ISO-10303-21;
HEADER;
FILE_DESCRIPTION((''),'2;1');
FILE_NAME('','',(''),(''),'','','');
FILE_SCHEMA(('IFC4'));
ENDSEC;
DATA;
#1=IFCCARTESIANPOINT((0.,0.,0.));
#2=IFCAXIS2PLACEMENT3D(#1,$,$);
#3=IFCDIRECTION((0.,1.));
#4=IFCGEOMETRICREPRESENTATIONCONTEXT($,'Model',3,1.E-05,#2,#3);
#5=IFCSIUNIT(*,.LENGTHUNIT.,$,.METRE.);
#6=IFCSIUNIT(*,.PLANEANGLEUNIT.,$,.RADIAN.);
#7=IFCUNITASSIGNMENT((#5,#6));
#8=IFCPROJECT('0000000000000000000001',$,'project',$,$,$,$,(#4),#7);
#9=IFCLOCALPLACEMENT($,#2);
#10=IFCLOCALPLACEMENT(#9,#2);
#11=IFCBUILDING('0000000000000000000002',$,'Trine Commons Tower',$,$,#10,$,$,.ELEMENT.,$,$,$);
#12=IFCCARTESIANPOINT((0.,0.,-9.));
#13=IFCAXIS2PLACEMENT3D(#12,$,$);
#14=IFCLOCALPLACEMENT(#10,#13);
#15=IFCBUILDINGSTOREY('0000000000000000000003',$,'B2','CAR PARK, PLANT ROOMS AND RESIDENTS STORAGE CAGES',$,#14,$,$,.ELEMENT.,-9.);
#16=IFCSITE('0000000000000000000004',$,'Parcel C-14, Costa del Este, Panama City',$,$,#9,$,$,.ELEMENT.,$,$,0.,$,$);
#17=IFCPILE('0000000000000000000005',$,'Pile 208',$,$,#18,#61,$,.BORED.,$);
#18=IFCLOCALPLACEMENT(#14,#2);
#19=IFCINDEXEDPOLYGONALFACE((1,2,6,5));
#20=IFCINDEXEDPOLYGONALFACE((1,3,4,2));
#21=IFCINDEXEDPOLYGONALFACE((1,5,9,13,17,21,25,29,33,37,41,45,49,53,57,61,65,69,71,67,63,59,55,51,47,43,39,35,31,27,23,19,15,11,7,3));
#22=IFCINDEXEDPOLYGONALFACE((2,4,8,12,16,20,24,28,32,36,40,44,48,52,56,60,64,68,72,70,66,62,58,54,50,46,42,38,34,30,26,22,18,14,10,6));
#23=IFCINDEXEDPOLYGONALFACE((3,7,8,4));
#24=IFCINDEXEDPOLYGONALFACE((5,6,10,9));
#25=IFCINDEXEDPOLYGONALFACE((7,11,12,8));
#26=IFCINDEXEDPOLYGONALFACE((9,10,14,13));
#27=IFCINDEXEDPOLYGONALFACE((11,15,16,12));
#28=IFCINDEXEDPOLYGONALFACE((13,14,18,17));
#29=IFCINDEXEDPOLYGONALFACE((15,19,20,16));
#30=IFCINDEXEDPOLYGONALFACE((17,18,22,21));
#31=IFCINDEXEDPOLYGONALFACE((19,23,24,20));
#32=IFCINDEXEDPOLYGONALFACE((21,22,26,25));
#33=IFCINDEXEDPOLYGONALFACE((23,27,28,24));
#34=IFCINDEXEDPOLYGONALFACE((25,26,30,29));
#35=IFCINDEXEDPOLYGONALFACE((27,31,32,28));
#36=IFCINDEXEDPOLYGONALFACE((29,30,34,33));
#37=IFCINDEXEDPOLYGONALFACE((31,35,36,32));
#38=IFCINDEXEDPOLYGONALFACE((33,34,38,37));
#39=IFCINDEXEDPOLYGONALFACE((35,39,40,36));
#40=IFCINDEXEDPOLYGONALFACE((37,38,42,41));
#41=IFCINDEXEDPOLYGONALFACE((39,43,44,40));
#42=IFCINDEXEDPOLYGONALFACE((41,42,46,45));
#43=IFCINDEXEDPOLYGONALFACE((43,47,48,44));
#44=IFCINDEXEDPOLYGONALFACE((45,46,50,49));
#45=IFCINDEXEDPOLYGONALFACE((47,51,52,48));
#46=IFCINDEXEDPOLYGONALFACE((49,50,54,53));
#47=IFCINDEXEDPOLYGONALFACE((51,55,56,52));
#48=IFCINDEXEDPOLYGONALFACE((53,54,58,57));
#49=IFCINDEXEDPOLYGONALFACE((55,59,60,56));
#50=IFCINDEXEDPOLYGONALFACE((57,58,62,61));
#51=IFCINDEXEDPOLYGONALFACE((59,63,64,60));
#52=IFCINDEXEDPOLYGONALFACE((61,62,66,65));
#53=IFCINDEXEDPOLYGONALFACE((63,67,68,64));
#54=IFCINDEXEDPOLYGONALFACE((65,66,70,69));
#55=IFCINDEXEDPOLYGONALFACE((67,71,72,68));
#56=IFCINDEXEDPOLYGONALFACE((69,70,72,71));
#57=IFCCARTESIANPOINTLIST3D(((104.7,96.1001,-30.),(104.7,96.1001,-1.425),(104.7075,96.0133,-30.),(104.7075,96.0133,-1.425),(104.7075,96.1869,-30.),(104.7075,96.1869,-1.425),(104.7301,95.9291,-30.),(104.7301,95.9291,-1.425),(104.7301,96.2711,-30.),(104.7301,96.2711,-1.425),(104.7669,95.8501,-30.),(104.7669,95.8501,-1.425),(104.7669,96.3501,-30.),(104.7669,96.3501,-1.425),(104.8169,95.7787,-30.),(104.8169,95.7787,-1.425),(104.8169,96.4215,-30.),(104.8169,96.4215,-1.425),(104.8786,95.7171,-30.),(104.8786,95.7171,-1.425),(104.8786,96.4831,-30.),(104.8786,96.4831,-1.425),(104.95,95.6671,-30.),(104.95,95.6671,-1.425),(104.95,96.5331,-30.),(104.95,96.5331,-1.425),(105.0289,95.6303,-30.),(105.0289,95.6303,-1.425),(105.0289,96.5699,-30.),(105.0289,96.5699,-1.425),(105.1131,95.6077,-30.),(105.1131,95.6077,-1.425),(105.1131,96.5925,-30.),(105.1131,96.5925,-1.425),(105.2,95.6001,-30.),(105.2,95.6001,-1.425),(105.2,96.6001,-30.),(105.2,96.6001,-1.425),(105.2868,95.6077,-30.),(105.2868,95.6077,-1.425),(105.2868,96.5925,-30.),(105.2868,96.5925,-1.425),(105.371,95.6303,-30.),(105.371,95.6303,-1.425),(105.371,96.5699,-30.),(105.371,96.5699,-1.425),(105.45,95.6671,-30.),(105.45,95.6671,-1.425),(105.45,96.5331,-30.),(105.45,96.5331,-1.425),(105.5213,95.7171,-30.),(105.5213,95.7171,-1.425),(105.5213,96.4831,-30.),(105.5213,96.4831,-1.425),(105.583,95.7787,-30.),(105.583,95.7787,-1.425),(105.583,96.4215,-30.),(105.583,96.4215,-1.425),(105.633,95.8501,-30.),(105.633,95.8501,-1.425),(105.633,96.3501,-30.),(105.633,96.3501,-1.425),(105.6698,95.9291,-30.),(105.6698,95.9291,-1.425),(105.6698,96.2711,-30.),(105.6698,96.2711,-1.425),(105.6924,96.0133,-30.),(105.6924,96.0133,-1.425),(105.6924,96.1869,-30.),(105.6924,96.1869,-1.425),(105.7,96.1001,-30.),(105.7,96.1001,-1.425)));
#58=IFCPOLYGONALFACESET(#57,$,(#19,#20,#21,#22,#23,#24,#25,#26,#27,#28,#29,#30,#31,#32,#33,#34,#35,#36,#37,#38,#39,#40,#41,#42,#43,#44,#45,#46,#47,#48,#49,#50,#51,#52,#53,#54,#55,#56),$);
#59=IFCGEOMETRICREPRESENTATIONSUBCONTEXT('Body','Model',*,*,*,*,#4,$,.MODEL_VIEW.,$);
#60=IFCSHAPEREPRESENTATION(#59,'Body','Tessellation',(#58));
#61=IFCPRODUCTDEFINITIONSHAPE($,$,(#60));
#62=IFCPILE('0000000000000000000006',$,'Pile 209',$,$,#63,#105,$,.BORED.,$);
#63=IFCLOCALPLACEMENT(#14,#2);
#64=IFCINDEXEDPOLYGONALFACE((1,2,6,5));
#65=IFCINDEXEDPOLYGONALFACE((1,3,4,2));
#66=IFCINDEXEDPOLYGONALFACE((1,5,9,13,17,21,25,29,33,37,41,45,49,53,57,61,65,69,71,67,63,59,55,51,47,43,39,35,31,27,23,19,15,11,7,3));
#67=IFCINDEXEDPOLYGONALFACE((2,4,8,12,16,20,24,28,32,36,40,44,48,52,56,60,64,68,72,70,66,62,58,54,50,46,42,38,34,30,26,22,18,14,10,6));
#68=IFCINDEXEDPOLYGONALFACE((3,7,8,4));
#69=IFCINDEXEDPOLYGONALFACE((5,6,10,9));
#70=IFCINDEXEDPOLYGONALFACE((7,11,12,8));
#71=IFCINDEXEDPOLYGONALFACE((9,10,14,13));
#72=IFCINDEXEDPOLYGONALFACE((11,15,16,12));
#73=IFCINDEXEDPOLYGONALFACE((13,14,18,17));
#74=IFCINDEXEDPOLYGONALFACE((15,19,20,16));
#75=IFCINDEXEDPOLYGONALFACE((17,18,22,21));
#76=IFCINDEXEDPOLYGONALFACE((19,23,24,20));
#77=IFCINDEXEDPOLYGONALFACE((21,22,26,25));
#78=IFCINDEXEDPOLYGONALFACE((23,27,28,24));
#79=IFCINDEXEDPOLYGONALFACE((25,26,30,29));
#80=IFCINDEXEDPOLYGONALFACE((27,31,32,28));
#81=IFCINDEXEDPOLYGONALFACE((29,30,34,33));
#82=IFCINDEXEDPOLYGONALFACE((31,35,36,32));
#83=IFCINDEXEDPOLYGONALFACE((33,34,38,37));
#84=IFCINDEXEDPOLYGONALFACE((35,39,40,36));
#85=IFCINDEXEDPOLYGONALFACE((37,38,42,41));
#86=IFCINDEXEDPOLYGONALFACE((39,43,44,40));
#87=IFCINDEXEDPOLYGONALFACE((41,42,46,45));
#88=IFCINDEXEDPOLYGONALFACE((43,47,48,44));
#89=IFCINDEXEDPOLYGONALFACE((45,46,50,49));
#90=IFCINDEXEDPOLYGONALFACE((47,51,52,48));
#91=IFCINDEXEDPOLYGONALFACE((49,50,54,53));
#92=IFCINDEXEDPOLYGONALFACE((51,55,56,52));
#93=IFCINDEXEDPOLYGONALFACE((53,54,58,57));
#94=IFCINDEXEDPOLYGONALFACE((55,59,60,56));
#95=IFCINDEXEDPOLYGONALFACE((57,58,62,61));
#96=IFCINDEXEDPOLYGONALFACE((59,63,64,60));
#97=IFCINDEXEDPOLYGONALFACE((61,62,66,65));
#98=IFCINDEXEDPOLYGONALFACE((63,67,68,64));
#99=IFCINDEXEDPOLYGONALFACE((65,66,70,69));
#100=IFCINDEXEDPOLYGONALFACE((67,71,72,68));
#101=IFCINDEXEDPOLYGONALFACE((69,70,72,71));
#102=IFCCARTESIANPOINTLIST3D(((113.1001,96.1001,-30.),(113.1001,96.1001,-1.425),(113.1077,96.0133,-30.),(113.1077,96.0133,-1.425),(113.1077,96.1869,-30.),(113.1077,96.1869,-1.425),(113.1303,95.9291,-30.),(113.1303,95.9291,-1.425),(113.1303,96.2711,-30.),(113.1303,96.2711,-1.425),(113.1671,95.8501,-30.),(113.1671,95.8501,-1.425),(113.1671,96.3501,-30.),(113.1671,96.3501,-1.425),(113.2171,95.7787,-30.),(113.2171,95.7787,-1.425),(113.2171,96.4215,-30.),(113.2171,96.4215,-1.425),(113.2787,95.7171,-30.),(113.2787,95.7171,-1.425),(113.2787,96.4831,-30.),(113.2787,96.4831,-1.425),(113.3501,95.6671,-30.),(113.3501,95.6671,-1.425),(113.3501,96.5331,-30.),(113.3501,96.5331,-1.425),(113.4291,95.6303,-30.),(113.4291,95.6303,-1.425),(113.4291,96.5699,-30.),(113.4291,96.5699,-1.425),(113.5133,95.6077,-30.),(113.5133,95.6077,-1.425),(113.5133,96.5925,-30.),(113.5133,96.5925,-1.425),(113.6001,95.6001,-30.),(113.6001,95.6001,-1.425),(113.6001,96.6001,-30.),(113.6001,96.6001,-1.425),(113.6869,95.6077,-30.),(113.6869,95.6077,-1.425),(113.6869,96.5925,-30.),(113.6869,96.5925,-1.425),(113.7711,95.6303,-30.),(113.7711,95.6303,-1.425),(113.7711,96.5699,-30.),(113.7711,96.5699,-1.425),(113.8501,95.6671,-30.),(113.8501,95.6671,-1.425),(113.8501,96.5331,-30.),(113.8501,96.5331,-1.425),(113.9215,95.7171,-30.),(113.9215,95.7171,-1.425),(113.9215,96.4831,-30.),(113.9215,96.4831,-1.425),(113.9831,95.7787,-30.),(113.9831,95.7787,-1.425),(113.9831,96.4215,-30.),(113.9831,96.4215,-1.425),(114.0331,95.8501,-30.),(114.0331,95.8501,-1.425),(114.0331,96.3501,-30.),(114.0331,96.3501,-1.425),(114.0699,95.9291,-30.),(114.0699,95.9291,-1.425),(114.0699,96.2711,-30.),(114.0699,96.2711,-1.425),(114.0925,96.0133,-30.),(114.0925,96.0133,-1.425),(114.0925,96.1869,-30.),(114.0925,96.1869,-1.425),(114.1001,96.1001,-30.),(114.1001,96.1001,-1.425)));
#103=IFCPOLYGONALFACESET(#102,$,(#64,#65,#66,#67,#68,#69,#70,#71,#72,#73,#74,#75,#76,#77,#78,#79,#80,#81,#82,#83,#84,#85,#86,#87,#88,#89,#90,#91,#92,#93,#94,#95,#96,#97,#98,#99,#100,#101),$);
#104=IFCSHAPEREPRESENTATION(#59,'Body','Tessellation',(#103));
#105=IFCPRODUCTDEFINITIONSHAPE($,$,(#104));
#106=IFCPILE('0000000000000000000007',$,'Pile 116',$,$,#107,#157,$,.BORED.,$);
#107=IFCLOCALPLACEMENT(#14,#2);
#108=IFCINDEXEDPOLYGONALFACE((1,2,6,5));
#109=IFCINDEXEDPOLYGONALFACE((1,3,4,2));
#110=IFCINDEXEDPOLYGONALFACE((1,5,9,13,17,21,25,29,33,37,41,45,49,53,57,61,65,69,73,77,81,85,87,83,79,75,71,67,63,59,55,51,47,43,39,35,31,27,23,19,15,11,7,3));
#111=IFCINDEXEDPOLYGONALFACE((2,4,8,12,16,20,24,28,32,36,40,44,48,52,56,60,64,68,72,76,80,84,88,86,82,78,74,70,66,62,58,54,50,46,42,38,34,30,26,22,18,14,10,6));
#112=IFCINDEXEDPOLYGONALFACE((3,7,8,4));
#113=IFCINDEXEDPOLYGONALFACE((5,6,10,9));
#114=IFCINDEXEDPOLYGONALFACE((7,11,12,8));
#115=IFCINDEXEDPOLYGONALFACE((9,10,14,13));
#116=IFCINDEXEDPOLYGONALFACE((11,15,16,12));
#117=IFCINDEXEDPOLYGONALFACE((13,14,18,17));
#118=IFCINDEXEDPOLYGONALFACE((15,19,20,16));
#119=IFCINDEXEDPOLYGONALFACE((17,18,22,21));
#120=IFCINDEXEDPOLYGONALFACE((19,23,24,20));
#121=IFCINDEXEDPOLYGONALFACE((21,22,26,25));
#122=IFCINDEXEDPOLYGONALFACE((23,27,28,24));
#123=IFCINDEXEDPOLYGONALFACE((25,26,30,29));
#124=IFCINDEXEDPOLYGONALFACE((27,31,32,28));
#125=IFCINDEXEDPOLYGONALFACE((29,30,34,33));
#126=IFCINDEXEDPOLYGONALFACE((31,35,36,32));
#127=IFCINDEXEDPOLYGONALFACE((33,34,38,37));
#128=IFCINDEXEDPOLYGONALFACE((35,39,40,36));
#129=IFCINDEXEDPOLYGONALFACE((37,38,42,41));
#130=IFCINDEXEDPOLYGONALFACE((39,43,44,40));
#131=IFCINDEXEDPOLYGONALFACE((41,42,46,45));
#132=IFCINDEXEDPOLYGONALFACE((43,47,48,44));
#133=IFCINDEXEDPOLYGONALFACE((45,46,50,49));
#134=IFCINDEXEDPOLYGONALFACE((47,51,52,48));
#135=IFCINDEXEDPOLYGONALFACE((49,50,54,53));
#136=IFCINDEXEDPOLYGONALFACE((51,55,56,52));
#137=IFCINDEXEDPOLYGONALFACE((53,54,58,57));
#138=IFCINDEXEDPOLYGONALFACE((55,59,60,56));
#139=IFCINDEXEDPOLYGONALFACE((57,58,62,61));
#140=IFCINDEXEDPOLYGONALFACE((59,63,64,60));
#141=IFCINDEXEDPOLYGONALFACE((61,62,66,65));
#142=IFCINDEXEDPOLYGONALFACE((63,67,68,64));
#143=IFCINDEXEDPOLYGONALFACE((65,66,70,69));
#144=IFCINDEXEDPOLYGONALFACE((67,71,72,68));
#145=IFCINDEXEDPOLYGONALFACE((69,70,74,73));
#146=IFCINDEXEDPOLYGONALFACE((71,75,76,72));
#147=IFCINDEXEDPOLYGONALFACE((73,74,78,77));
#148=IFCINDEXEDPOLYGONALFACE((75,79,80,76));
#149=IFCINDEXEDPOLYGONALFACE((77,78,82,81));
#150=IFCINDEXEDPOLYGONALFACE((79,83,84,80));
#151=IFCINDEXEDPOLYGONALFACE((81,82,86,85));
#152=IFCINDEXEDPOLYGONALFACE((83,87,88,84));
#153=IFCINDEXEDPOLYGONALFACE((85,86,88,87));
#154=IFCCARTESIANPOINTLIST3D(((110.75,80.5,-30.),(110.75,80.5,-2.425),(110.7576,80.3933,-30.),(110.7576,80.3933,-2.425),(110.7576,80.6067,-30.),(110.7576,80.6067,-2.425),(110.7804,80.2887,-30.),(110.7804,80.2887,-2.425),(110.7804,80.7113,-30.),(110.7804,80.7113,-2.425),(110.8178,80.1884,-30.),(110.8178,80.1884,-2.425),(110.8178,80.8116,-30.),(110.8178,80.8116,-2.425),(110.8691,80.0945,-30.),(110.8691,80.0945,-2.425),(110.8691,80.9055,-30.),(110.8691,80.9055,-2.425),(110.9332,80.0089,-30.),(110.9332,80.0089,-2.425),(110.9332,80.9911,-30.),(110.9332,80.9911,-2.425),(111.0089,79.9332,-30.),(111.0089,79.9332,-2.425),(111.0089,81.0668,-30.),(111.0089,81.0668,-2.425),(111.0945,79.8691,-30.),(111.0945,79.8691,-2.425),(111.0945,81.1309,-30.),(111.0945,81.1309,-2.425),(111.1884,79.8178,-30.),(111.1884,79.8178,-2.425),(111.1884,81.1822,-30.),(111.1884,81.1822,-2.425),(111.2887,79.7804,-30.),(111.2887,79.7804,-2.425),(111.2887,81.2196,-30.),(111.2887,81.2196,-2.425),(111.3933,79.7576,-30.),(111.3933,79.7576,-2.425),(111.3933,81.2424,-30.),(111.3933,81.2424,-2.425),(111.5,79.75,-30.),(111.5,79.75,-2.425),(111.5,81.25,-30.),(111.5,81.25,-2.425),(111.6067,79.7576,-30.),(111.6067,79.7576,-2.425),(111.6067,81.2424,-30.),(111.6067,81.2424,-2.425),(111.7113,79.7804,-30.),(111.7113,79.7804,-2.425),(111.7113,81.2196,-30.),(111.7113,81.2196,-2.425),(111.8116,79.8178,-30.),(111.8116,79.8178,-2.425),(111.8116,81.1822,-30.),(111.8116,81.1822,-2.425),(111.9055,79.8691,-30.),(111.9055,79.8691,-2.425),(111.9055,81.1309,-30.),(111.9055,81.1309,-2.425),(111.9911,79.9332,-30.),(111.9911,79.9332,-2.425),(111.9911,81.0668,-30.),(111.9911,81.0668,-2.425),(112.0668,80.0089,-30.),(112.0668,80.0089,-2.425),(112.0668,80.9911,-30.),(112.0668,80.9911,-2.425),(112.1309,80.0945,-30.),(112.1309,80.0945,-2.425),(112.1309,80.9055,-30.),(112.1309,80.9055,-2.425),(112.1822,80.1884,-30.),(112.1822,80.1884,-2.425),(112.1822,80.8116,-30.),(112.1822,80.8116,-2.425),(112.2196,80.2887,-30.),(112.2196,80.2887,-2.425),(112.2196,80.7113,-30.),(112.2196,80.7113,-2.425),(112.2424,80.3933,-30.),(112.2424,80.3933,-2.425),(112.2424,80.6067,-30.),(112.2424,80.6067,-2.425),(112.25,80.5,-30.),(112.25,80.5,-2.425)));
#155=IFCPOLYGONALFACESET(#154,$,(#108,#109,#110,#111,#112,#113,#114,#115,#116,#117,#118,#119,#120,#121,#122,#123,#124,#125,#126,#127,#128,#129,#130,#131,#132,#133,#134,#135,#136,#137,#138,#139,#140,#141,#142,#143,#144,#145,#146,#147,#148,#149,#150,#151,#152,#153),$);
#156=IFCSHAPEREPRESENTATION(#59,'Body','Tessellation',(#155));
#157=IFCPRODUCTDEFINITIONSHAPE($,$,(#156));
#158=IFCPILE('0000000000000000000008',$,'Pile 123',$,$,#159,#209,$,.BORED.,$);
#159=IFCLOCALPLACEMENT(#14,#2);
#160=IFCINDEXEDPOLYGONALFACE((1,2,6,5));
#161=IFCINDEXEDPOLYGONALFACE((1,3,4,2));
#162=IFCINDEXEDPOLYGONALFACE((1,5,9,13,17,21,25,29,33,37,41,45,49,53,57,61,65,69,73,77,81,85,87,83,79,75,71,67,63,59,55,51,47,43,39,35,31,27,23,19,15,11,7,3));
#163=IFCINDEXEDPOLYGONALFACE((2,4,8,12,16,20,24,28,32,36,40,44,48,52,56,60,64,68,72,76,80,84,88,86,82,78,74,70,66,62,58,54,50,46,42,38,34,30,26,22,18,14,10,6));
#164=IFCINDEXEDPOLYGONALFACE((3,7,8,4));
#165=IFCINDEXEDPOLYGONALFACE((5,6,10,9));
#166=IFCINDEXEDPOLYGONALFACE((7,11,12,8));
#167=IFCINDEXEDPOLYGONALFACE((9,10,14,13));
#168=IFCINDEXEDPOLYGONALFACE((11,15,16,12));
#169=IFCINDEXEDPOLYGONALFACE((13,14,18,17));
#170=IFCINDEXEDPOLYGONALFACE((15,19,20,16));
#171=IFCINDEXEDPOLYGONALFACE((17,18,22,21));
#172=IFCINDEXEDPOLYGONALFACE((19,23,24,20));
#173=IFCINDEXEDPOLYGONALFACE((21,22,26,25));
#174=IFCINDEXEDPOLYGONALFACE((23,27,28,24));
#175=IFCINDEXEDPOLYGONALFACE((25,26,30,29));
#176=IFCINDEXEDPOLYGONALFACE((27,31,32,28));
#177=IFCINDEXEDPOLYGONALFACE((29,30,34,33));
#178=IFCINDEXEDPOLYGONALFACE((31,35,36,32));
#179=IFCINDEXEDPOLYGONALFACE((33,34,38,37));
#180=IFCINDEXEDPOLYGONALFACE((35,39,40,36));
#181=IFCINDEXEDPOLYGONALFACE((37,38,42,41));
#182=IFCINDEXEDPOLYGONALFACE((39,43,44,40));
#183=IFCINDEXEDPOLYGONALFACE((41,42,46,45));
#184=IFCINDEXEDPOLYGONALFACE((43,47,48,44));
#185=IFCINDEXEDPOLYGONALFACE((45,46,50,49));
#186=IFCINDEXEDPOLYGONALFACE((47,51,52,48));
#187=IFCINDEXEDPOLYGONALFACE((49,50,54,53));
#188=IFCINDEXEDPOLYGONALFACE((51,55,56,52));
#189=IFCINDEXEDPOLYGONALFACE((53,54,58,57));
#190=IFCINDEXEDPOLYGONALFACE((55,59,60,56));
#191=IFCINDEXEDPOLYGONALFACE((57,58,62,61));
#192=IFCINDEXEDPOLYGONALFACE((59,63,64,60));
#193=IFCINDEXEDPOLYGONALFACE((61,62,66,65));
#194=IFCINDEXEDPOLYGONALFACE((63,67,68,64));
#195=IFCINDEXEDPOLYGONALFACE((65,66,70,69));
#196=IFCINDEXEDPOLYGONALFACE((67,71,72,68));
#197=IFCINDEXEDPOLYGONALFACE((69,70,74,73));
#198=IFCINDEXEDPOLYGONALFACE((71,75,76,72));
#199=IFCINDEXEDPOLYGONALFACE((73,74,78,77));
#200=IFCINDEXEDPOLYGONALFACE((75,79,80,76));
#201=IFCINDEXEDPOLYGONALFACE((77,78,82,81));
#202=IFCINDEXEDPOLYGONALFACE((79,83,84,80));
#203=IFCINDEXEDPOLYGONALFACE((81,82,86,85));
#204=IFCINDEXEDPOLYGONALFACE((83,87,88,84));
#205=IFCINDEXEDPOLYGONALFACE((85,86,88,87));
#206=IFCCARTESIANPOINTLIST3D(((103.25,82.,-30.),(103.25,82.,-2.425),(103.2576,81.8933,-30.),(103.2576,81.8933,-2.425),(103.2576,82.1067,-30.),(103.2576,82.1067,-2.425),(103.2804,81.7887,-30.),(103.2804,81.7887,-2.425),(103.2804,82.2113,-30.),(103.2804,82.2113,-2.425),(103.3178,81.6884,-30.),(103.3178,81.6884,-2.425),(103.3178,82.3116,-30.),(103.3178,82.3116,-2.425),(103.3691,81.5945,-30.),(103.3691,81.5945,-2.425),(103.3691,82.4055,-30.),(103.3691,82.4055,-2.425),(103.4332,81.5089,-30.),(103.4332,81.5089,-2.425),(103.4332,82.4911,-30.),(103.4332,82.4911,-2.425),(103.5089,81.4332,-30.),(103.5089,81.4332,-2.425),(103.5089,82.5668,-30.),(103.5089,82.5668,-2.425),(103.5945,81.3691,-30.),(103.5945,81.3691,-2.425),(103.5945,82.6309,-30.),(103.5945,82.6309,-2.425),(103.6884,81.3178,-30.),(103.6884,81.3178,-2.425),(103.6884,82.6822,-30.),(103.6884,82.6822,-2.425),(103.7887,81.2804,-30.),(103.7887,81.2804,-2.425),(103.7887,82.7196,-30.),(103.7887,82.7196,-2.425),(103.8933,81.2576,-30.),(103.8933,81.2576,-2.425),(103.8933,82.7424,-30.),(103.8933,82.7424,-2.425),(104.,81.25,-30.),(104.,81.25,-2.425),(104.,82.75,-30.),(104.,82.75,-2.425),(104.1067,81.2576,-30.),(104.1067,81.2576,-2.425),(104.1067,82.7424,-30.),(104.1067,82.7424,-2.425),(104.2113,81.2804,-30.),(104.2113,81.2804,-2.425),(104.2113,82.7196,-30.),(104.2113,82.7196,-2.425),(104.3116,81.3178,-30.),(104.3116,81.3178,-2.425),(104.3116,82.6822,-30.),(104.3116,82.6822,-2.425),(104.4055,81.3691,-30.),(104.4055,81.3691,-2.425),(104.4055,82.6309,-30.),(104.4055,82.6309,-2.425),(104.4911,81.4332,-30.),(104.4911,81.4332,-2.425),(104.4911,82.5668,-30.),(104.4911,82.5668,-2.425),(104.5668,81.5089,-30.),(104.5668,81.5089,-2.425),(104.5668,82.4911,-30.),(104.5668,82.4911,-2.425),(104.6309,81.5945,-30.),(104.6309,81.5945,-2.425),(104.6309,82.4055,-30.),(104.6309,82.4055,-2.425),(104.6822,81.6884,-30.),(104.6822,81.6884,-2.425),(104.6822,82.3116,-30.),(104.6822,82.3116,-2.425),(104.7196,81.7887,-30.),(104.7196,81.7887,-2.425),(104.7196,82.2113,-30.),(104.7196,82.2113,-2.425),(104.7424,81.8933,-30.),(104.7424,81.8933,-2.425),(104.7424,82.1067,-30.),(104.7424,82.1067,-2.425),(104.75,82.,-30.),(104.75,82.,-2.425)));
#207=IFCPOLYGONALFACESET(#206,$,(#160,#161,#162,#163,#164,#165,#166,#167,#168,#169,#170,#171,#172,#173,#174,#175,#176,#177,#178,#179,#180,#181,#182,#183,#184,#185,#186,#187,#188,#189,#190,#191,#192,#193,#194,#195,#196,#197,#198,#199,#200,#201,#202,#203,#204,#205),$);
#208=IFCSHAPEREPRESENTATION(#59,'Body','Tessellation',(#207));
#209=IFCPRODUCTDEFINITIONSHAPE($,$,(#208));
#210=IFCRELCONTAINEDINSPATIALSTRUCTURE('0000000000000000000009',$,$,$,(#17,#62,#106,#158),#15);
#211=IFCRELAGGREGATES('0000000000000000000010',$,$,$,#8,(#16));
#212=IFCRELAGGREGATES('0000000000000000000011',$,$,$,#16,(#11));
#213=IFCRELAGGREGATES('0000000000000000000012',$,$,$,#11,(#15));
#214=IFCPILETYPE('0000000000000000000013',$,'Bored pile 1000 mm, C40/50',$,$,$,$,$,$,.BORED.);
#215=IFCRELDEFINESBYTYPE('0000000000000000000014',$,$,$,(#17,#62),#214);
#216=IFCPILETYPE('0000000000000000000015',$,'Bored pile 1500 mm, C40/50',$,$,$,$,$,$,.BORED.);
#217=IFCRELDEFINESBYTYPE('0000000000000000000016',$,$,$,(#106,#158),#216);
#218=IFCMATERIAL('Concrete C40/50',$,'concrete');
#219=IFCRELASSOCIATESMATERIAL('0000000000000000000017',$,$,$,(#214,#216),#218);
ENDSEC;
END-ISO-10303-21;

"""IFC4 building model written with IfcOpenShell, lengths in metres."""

from ifc_helpers import new_model, si_unit, direction, frame, origin, origin_2d, place, context, subcontext, project, spatial, circle, extrude, material, type_object, element, save


model = new_model("IFC4")

# Units and contexts
model_context = context("Model", 3, precision=1e-05, world=origin(), true_north=direction((0.0, 1.0)))
body_context = subcontext(model_context, "Body", "Model", "MODEL_VIEW")
ifc_project = project(units=[si_unit("LENGTHUNIT", "METRE"), si_unit("PLANEANGLEUNIT", "RADIAN")], contexts=[model_context])

# Site, building, storey
site_placement = place(None, origin())
site = spatial("IfcSite", under=ifc_project, at=site_placement, Name="Parcel C-14, Costa del Este, Panama City", CompositionType="ELEMENT", RefElevation=0.0)
building_placement = place(site_placement, origin())
building = spatial("IfcBuilding", under=site, at=building_placement, Name="Trine Commons Tower", CompositionType="ELEMENT")
storey_placement = place(building_placement, frame((0.0, 0.0, -9.0)))
storey = spatial("IfcBuildingStorey", under=building, at=storey_placement, Name="B2", Description="CAR PARK, PLANT ROOMS AND RESIDENTS STORAGE CAGES", CompositionType="ELEMENT", Elevation=-9.0)

# Piles
ifc_material_1 = material(Name="Concrete C40/50", Category="concrete")
pile_type_1 = type_object("IfcPileType", Name="Bored pile 1000 mm, C40/50", PredefinedType="BORED", material=ifc_material_1)
for number, where, z_axis, x_axis, name in (
    (1, (105.2, 96.1001, -1.425), (0.0, 0.0, -1.0), (1.0, 0.0, 0.0), "Pile 208"),
    (2, (113.6001, 96.1001, -1.425), (0.0, 0.0, -1.0), (1.0, 0.0, 0.0), "Pile 209"),
):
    element("IfcPile", number, at=place(storey_placement, frame(where, z_axis=z_axis, x_axis=x_axis)), inside=storey, type_object=pile_type_1, Name=name, PredefinedType="BORED", context=body_context, shape_type="SweptSolid", body=[
        extrude(circle(Radius=0.5, at=origin_2d()), origin(), (0.0, 0.0, 1.0), 28.575),
    ])
pile_type_2 = type_object("IfcPileType", Name="Bored pile 1500 mm, C40/50", PredefinedType="BORED", material=ifc_material_1)
for number, where, z_axis, x_axis, name in (
    (3, (111.5, 80.5, -2.425), (0.0, 0.0, -1.0), (1.0, 0.0, 0.0), "Pile 116"),
    (4, (104.0, 82.0, -2.425), (0.0, 0.0, -1.0), (1.0, 0.0, 0.0), "Pile 123"),
):
    element("IfcPile", number, at=place(storey_placement, frame(where, z_axis=z_axis, x_axis=x_axis)), inside=storey, type_object=pile_type_2, Name=name, PredefinedType="BORED", context=body_context, shape_type="SweptSolid", body=[
        extrude(circle(Radius=0.75, at=origin_2d()), origin(), (0.0, 0.0, 1.0), 27.575),
    ])

save(model, "model.ifc")
